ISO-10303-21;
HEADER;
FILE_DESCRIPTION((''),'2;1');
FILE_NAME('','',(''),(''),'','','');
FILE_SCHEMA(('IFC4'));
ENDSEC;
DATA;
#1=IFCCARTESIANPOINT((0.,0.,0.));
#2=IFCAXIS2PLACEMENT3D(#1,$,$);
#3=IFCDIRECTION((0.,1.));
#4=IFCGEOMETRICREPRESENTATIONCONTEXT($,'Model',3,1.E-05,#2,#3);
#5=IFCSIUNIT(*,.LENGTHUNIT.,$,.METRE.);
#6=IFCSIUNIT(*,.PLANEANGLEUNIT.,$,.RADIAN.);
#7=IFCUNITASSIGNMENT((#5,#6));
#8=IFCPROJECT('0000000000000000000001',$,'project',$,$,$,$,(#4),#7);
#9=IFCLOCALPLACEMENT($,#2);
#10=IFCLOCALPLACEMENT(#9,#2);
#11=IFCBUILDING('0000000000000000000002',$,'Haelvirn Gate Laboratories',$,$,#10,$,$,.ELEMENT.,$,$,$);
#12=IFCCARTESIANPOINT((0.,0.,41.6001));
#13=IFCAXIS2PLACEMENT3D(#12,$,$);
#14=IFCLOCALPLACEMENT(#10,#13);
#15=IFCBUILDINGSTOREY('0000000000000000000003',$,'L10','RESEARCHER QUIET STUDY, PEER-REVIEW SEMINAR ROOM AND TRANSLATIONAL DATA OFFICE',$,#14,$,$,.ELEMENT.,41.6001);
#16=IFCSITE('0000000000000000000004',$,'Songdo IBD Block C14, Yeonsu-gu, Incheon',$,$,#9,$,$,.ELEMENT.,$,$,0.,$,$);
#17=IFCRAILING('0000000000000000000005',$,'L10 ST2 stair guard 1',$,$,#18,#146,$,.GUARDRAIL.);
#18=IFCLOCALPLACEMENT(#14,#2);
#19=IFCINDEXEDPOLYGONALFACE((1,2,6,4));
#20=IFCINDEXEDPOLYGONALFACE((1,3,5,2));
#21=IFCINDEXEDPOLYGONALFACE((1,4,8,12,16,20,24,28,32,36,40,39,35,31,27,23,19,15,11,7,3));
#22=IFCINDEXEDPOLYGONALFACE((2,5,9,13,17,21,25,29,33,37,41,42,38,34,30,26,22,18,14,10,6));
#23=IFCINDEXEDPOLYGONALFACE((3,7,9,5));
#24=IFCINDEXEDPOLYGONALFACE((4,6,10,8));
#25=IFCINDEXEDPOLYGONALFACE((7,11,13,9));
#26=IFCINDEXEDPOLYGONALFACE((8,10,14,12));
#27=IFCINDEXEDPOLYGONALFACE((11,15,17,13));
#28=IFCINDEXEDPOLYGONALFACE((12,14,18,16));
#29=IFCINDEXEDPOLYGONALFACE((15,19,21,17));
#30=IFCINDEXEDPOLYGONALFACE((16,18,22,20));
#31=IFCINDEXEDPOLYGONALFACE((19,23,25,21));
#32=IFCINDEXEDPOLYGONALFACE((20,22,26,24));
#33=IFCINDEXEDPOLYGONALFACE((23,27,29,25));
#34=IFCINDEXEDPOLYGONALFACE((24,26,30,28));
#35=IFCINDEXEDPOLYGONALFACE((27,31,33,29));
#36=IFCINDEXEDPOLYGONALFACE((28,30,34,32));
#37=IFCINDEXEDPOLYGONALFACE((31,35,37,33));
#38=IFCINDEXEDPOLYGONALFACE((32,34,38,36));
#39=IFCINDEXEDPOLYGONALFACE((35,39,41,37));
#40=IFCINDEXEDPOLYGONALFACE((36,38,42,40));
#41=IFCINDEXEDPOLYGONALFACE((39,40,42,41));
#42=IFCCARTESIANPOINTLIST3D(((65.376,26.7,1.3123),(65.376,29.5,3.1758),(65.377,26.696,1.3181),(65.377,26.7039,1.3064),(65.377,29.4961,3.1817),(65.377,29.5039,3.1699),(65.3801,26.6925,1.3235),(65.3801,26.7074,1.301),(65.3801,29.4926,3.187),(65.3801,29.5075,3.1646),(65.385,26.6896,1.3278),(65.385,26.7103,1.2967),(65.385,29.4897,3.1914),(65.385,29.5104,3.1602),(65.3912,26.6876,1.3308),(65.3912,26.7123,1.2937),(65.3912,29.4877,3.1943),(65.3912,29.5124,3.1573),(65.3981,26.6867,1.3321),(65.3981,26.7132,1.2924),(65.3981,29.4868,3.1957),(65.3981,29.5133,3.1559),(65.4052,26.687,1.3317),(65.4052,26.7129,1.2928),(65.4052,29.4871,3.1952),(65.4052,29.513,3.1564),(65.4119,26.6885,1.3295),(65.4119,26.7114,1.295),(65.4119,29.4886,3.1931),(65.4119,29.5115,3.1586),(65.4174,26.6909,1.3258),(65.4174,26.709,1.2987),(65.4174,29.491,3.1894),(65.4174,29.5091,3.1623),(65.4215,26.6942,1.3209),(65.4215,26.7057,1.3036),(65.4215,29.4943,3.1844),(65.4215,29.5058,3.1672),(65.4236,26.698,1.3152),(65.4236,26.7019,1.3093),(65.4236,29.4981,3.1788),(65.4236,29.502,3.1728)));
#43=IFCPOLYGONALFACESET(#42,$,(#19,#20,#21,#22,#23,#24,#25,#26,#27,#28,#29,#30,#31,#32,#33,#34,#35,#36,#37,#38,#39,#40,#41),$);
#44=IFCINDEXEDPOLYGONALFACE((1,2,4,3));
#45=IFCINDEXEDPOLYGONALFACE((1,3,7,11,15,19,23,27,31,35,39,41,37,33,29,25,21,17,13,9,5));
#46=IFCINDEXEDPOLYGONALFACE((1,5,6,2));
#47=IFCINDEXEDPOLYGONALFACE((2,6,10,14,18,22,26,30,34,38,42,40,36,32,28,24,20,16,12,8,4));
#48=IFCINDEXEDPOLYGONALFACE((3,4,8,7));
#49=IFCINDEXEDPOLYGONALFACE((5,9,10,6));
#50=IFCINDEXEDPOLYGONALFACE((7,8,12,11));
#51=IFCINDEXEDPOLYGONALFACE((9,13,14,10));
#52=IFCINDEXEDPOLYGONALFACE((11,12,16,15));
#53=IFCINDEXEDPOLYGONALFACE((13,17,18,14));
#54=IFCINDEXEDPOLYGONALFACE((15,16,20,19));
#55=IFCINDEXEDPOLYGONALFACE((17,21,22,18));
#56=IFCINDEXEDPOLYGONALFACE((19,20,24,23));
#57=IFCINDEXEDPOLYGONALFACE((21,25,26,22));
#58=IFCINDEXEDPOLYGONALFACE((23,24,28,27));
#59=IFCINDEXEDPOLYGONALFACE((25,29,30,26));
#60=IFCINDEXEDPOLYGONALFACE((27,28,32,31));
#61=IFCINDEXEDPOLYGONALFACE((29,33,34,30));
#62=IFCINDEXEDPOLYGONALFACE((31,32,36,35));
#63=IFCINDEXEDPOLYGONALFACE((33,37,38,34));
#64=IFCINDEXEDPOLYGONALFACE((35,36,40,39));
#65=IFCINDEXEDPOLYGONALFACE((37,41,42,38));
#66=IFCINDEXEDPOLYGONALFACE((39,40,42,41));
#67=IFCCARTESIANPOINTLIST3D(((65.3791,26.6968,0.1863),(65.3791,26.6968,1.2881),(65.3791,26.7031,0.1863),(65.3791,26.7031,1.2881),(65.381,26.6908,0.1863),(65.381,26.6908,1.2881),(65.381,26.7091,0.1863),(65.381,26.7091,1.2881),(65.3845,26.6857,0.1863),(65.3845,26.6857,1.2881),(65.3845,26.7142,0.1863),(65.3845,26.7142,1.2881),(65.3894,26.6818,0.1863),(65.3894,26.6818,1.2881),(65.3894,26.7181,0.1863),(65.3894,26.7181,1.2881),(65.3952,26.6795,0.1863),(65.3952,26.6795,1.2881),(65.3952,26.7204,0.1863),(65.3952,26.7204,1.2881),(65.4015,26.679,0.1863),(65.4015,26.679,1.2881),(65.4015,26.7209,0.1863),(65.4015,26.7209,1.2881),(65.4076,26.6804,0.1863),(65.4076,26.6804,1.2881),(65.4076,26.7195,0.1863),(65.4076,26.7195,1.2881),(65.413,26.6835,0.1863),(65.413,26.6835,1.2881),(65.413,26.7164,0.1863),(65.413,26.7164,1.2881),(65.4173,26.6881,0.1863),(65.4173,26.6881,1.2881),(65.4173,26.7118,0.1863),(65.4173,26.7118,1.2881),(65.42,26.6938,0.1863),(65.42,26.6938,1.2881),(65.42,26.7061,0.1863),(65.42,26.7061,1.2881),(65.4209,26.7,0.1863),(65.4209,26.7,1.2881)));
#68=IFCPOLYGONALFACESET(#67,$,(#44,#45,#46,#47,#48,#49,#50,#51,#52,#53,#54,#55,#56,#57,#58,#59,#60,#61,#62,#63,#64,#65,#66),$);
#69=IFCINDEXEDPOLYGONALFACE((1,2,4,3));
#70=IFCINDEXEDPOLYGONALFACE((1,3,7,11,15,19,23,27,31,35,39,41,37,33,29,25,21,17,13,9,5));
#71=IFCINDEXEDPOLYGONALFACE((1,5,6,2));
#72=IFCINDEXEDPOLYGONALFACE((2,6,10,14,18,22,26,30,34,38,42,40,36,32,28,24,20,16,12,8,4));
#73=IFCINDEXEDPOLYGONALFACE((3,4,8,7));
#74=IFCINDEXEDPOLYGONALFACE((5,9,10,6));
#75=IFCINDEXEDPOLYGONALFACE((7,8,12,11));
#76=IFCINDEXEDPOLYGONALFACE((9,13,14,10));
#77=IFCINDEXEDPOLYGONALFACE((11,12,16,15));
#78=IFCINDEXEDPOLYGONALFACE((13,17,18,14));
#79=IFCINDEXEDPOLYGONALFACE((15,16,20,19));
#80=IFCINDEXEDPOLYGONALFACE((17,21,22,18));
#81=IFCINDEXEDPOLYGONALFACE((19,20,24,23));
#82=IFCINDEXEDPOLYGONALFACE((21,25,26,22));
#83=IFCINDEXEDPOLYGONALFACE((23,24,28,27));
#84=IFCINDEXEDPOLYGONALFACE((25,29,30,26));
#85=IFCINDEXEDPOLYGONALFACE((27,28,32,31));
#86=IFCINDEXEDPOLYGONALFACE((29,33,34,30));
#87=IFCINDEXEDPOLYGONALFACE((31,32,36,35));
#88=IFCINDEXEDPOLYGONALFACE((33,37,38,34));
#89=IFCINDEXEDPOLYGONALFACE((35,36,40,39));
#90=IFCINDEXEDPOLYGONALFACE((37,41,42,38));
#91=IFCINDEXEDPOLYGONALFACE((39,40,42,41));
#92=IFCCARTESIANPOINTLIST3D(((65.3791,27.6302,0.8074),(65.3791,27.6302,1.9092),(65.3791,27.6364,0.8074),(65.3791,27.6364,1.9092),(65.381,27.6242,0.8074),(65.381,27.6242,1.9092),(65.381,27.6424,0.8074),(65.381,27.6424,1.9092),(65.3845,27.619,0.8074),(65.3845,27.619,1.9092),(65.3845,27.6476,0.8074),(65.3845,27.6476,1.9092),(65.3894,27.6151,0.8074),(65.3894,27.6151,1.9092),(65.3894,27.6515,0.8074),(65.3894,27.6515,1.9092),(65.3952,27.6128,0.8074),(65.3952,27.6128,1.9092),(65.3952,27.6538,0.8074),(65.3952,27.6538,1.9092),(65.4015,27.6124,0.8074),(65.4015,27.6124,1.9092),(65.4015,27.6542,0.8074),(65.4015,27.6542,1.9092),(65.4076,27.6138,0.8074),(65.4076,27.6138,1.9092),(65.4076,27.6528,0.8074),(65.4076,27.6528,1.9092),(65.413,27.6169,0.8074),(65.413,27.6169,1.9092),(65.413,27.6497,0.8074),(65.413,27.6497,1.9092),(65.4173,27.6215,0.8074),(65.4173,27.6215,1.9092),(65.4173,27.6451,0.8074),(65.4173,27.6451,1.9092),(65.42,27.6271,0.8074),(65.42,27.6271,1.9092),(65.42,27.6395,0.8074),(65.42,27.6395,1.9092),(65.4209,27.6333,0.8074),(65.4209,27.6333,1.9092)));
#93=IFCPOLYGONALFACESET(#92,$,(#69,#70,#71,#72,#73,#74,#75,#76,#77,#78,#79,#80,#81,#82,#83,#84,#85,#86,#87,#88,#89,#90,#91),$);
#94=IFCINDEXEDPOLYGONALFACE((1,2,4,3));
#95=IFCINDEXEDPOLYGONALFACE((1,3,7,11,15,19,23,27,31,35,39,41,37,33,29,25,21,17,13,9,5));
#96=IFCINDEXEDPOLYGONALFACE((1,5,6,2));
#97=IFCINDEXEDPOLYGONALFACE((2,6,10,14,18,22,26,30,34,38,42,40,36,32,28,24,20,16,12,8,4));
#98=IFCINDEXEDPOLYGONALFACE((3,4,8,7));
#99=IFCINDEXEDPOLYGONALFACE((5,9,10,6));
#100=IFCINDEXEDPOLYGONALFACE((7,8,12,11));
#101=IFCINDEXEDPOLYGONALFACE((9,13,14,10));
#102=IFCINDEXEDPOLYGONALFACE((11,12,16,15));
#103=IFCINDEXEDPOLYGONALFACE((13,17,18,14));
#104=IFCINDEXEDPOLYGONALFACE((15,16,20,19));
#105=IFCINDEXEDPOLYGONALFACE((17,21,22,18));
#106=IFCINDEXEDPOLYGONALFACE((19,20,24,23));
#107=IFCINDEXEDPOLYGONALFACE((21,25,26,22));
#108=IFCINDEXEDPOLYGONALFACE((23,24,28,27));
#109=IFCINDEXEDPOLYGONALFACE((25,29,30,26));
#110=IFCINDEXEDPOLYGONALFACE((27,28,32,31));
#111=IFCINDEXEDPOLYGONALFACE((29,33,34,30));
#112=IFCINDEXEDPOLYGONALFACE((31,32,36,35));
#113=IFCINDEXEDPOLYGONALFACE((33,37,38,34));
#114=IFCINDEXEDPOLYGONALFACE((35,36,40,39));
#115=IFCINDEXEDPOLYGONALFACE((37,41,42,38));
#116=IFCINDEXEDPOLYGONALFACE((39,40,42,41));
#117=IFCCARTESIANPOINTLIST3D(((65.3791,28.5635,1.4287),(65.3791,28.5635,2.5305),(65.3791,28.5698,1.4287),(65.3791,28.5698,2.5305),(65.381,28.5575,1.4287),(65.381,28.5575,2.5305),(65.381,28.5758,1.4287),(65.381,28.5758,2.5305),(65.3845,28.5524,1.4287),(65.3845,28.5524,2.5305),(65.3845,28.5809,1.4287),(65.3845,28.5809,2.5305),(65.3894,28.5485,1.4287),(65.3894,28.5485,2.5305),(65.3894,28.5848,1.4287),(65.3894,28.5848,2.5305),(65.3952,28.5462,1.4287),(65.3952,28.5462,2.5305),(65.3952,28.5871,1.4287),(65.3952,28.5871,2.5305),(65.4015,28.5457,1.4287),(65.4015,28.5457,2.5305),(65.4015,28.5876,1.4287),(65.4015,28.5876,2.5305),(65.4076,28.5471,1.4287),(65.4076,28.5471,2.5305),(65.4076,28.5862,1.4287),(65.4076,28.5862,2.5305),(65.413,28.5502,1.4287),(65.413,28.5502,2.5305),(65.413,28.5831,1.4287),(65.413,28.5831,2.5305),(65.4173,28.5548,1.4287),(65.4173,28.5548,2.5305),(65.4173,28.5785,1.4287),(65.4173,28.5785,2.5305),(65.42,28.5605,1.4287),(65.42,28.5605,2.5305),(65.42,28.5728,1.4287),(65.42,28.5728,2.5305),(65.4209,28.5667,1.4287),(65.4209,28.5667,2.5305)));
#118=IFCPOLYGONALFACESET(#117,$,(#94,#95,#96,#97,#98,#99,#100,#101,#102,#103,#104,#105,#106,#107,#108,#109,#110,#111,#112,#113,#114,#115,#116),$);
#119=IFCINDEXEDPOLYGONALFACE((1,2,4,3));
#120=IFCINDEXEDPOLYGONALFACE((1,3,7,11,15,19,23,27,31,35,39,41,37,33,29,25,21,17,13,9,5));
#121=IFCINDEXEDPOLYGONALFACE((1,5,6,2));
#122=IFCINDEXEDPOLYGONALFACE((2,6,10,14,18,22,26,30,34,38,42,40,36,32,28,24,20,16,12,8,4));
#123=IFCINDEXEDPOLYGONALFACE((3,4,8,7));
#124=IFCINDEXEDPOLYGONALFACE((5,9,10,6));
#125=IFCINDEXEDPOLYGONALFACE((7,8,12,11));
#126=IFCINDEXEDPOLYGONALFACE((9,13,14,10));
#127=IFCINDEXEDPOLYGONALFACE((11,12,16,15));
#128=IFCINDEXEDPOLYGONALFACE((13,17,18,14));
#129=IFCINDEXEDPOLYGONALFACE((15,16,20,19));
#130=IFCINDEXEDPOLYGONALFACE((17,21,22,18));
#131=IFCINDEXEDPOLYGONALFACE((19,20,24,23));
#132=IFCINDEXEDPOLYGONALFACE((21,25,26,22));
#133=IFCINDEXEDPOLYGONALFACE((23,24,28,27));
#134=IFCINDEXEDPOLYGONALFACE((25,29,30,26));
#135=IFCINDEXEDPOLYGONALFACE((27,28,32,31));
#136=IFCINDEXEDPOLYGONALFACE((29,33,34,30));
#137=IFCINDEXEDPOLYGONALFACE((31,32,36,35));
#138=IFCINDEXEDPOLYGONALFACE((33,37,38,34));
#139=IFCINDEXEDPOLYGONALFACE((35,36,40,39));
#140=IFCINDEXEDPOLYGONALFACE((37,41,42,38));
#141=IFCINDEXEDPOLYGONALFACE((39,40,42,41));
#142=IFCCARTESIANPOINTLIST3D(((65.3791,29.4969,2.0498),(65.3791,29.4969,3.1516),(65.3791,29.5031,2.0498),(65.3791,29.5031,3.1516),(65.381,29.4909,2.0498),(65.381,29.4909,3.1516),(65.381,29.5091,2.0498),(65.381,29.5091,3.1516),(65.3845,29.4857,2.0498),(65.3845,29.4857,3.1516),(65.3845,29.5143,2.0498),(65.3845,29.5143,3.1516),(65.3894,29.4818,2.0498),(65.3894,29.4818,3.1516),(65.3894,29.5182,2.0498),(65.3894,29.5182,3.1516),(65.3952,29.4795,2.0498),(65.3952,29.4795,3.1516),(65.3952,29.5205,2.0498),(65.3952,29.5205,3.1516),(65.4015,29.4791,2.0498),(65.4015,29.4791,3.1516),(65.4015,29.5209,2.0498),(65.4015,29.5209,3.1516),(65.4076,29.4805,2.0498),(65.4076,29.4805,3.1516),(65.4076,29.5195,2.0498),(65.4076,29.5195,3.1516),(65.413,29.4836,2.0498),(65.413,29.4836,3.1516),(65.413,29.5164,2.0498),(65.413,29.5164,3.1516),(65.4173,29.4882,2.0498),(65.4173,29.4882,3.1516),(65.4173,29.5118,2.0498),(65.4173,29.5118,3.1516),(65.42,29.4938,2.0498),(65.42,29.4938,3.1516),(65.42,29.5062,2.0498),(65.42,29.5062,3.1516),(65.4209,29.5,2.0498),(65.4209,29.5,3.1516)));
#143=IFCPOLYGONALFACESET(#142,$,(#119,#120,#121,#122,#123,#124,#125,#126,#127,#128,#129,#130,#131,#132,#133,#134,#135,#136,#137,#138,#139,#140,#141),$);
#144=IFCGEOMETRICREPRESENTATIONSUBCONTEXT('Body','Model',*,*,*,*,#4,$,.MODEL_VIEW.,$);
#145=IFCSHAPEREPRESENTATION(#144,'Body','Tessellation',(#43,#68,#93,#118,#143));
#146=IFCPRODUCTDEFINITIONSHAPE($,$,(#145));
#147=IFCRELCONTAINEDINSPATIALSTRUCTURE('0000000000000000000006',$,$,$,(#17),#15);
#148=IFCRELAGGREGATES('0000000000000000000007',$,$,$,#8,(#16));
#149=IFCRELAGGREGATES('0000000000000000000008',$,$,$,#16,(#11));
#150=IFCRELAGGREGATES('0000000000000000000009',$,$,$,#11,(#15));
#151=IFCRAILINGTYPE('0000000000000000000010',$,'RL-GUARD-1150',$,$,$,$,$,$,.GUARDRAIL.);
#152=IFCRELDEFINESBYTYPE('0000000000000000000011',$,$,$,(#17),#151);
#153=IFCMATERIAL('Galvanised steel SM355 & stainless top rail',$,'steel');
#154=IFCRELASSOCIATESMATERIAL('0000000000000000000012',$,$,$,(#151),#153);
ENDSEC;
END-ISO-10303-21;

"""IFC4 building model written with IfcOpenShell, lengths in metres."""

from ifc_helpers import new_model, si_unit, direction, frame, origin, origin_2d, place, context, subcontext, project, spatial, circle, extrude, source, transform, mapped, material, type_object, element, save


model = new_model("IFC4")

# Units and contexts
model_context = context("Model", 3, precision=1e-05, world=origin(), true_north=direction((0.0, 1.0)))
body_context = subcontext(model_context, "Body", "Model", "MODEL_VIEW")
ifc_project = project(units=[si_unit("LENGTHUNIT", "METRE"), si_unit("PLANEANGLEUNIT", "RADIAN")], contexts=[model_context])

# Site, building, storey
site_placement = place(None, origin())
site = spatial("IfcSite", under=ifc_project, at=site_placement, Name="Songdo IBD Block C14, Yeonsu-gu, Incheon", CompositionType="ELEMENT", RefElevation=0.0)
building_placement = place(site_placement, origin())
building = spatial("IfcBuilding", under=site, at=building_placement, Name="Haelvirn Gate Laboratories", CompositionType="ELEMENT")
storey_placement = place(building_placement, frame((0.0, 0.0, 41.6001)))
storey = spatial("IfcBuildingStorey", under=building, at=storey_placement, Name="L10", Description="RESEARCHER QUIET STUDY, PEER-REVIEW SEMINAR ROOM AND TRANSLATIONAL DATA OFFICE", CompositionType="ELEMENT", Elevation=41.6001)

# Railing
ifc_material_1 = material(Name="Galvanised steel SM355 & stainless top rail", Category="steel")
railing_type_1 = type_object("IfcRailingType", Name="RL-GUARD-1150", PredefinedType="GUARDRAIL", material=ifc_material_1)
shared_shape_1 = source(origin(), body_context, "Body", "SweptSolid", [
    extrude(circle(Radius=0.0239, at=origin_2d()), frame((0.0, 0.0, 1.126), z_axis=(0.0, 0.832486, 0.554047), x_axis=(-1.0, 0.0, 0.0)), (0.0, 0.0, 1.0), 3.3635),
    extrude(circle(Radius=0.021, at=origin_2d()), origin(), (0.0, 0.0, 1.0), 1.1018),
    extrude(circle(Radius=0.021, at=origin_2d()), frame((0.0, 0.9333, 0.6211)), (0.0, 0.0, 1.0), 1.1018),
    extrude(circle(Radius=0.021, at=origin_2d()), frame((0.0, 1.8667, 1.2424)), (0.0, 0.0, 1.0), 1.1018),
    extrude(circle(Radius=0.021, at=origin_2d()), frame((0.0, 2.8, 1.8635)), (0.0, 0.0, 1.0), 1.1018),
])
railing_1_placement = place(storey_placement, frame((65.3999, 26.7, 0.1863)))
element("IfcRailing", 1, at=railing_1_placement, inside=storey, type_object=railing_type_1, Name="L10 ST2 stair guard 1", PredefinedType="GUARDRAIL", context=body_context, shape_type="MappedRepresentation", body=[
    mapped(shared_shape_1, transform((0.0, 0.0, 0.0), scale=1.0)),
])

save(model, "model.ifc")
